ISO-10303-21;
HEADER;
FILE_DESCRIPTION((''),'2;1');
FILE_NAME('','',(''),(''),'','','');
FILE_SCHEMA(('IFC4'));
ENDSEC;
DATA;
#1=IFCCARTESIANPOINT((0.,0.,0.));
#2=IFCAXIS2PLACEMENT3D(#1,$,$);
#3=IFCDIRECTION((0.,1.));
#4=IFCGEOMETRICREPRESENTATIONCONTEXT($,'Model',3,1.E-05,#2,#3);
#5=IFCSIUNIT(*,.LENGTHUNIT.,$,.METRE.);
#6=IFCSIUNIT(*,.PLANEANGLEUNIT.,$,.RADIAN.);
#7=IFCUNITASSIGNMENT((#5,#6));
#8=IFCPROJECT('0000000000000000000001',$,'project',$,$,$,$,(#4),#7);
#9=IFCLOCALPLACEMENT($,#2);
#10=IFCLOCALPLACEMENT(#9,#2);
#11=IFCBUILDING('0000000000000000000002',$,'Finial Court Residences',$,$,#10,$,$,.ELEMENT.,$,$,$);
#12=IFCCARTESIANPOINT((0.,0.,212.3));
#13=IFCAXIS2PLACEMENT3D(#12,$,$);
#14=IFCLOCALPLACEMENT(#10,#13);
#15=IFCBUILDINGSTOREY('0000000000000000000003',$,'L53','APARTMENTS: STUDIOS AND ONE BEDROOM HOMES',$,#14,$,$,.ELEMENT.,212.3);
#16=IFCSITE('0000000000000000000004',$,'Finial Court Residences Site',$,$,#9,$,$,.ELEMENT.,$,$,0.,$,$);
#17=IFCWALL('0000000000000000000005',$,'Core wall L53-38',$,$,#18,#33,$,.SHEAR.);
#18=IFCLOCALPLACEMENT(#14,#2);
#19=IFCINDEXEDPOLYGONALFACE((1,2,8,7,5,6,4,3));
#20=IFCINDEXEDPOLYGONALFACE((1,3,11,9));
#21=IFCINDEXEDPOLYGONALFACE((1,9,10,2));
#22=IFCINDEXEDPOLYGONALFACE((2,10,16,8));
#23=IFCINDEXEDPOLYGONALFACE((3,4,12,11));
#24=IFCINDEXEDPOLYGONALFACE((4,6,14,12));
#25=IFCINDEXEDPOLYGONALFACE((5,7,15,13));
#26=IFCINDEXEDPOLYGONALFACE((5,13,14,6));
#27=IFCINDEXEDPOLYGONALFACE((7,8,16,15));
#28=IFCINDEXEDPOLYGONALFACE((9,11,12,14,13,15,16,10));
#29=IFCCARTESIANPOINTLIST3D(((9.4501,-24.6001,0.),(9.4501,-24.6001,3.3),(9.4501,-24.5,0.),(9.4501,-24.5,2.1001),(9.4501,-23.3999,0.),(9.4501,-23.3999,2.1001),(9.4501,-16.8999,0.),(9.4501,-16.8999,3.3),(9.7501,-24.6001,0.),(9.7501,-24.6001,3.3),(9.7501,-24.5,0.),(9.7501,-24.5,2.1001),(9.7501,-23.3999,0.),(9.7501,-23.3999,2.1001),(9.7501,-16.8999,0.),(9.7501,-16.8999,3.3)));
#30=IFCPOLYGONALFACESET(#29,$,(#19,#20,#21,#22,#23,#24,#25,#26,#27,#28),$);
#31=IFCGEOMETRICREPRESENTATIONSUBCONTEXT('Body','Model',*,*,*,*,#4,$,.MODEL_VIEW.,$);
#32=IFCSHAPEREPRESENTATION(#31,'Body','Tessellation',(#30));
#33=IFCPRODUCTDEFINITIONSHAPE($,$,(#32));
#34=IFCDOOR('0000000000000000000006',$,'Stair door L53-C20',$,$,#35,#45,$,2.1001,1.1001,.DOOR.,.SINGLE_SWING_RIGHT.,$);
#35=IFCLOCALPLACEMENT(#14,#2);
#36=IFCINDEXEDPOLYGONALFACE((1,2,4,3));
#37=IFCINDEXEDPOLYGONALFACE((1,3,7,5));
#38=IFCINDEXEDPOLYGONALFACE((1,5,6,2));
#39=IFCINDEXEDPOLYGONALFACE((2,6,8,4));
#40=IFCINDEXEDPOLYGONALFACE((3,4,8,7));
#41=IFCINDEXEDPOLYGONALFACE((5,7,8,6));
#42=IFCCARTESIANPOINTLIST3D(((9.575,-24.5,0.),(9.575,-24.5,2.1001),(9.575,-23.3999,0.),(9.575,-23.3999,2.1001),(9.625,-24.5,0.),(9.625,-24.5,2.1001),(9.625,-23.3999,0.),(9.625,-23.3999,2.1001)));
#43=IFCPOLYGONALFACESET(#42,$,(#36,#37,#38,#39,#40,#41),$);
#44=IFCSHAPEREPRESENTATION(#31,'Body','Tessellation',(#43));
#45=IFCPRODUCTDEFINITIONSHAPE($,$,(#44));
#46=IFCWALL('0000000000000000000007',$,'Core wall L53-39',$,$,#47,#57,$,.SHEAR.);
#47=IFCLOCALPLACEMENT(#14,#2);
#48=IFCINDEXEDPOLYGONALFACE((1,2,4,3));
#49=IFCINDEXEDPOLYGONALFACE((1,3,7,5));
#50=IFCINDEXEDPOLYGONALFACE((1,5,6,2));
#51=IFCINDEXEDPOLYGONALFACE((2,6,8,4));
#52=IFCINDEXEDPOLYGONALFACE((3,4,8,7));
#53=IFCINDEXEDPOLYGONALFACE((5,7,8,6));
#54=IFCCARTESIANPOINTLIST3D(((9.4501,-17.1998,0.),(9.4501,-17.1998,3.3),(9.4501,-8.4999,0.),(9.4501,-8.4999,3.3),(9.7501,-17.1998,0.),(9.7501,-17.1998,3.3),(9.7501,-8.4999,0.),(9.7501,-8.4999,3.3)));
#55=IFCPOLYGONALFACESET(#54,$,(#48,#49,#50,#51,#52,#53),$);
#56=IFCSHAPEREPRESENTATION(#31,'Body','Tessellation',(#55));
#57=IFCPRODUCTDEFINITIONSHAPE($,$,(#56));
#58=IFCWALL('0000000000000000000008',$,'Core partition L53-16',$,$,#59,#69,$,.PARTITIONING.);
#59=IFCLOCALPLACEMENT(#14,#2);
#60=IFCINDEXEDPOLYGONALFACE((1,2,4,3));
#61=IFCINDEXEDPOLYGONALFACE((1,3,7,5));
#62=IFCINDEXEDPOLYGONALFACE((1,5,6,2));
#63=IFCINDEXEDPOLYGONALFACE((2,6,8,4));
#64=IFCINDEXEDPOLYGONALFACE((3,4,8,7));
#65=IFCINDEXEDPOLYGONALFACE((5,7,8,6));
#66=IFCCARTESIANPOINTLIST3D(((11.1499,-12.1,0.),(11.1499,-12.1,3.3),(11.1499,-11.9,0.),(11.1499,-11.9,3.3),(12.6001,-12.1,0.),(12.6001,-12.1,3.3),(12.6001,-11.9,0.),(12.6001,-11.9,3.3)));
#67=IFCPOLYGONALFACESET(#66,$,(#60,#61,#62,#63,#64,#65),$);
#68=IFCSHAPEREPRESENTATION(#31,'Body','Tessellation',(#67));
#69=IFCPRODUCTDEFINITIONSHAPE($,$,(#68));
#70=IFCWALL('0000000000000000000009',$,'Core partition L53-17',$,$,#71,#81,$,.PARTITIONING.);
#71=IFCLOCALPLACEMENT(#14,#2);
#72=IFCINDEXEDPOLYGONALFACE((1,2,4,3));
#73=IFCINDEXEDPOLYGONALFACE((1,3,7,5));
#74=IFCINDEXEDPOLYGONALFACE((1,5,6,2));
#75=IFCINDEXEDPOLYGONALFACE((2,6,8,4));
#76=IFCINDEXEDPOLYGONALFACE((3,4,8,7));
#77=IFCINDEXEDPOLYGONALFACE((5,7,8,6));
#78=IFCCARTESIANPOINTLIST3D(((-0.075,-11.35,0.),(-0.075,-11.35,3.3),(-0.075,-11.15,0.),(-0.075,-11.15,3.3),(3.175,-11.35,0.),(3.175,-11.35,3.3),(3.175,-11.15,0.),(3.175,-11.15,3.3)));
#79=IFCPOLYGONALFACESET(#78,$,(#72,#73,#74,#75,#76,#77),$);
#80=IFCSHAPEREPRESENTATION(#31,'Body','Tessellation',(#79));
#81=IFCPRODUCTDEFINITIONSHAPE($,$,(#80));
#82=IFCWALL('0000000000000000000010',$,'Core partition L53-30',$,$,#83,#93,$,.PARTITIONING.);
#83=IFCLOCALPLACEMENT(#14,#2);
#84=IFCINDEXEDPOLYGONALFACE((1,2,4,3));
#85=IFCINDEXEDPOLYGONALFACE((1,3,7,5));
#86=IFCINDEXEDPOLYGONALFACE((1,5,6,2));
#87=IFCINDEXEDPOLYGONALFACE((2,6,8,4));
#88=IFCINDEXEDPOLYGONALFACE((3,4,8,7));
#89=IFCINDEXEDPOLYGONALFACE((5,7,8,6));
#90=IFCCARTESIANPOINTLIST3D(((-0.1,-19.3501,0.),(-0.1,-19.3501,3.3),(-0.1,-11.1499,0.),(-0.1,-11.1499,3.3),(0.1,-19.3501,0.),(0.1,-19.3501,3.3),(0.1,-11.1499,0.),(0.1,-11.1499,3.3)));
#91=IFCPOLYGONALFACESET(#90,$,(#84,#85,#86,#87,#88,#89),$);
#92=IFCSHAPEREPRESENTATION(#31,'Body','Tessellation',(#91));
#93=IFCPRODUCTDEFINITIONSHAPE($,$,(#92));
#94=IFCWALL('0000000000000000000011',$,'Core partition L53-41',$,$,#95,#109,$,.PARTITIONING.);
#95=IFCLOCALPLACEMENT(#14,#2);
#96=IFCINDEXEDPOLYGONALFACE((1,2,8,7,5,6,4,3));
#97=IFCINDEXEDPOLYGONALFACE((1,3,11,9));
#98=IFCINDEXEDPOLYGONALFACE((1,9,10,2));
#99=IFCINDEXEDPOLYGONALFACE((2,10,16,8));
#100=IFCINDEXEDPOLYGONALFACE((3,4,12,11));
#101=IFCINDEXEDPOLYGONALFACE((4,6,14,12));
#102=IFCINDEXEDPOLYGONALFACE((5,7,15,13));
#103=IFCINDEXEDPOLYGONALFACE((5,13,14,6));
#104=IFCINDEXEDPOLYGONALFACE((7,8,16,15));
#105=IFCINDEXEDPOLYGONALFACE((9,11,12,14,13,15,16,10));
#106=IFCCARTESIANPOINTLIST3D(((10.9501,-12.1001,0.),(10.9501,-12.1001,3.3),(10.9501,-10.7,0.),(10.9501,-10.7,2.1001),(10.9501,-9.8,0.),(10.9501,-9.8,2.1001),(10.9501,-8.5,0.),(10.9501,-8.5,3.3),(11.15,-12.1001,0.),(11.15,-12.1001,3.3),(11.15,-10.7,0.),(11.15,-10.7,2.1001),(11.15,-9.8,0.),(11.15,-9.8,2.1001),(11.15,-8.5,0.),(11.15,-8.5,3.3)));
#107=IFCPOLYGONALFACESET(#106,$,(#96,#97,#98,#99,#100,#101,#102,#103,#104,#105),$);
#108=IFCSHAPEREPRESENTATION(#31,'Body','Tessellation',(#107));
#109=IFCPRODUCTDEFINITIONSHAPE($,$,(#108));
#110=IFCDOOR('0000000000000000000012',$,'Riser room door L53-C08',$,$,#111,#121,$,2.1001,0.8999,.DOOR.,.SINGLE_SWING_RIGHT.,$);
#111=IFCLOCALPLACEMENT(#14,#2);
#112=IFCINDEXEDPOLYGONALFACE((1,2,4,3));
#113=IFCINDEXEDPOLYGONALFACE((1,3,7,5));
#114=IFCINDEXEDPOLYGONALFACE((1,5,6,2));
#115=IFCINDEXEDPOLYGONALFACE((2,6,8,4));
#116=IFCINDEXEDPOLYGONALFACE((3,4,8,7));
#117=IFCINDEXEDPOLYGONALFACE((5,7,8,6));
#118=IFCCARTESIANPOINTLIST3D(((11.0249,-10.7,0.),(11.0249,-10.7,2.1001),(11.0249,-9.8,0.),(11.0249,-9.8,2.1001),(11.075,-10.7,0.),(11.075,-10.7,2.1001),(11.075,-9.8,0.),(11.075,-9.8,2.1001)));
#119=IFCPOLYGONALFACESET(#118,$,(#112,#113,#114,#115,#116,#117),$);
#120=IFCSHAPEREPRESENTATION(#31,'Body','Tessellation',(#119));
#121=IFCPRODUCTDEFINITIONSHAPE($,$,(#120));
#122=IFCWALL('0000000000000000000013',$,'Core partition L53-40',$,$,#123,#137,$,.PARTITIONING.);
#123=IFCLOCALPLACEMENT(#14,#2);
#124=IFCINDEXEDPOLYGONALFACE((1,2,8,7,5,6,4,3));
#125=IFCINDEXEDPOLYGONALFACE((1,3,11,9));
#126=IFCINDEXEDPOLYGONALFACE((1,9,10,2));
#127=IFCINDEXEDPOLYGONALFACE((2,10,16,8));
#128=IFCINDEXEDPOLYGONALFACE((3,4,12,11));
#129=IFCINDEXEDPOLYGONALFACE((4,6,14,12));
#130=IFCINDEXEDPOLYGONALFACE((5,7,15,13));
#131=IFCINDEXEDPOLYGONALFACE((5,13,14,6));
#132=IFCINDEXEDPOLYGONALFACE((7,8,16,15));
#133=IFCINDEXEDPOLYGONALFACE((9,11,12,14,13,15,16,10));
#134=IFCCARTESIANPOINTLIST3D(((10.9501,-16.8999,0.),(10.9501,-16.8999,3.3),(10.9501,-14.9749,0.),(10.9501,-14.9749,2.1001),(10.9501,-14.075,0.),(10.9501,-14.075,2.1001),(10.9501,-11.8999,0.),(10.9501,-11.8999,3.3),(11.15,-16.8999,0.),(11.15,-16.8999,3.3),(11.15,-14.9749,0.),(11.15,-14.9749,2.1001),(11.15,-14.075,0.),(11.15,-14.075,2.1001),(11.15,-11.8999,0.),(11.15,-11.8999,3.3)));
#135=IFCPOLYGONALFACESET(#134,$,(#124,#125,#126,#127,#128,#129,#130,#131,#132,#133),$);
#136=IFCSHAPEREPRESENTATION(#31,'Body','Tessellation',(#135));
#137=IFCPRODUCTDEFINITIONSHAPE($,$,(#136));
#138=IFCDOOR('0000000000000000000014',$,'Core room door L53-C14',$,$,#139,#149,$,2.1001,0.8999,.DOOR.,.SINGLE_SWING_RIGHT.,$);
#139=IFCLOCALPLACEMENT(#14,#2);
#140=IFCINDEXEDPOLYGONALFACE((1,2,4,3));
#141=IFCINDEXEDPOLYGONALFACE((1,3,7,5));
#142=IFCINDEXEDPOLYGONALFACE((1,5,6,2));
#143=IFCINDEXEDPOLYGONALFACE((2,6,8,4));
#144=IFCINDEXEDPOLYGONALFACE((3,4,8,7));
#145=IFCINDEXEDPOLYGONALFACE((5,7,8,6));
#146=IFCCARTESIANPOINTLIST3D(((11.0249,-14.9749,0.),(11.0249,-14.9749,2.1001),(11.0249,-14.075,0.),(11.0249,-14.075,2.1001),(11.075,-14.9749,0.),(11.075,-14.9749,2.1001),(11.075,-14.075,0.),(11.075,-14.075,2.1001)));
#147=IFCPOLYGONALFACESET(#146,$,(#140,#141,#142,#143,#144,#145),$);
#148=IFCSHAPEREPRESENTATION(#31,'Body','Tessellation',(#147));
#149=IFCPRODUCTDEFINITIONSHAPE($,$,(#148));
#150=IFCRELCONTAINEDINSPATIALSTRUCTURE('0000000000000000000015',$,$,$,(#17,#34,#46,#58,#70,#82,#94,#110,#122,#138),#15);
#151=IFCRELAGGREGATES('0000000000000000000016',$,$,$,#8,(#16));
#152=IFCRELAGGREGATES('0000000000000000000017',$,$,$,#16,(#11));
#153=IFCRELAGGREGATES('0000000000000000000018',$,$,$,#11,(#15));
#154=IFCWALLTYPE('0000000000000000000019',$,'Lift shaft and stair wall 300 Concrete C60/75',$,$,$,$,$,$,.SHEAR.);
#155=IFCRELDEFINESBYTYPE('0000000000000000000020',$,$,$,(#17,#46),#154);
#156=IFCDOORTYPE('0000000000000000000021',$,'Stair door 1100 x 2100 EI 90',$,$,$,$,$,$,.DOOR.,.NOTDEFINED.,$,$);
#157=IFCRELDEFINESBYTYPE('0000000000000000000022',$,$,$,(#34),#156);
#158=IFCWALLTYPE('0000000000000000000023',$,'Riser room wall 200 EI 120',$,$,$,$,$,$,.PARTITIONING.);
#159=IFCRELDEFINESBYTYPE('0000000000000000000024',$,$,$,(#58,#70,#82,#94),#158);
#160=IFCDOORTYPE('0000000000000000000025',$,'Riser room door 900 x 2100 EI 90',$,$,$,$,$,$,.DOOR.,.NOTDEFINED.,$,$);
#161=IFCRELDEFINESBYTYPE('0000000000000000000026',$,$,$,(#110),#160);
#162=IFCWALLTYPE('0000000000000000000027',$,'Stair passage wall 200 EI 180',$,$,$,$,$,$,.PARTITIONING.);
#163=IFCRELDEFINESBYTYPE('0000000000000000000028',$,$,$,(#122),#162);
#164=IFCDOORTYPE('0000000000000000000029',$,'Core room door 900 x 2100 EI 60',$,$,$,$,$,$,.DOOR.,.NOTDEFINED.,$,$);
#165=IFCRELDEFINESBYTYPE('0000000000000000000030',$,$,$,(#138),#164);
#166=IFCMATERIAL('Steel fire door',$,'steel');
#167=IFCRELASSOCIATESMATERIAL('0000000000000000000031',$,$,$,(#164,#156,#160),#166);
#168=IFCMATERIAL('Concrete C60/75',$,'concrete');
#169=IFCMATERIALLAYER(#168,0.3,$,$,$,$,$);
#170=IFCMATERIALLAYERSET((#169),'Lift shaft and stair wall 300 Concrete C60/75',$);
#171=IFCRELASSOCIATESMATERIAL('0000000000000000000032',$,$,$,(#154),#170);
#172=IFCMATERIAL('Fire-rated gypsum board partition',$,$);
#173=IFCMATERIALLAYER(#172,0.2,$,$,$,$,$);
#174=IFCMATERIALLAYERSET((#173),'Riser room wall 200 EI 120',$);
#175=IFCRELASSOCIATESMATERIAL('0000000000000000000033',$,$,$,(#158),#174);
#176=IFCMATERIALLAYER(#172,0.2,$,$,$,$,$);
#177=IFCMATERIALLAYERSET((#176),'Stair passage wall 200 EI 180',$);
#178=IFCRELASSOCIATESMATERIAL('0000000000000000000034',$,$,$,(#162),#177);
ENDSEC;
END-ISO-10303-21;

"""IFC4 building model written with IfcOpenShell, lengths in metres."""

from ifc_helpers import new_model, si_unit, direction, frame, frame_2d, origin, place, context, subcontext, project, spatial, rectangle, extrude, material, layer, layer_set, type_object, element, fill, save


model = new_model("IFC4")

# Units and contexts
model_context = context("Model", 3, precision=1e-05, world=origin(), true_north=direction((0.0, 1.0)))
body_context = subcontext(model_context, "Body", "Model", "MODEL_VIEW")
ifc_project = project(units=[si_unit("LENGTHUNIT", "METRE"), si_unit("PLANEANGLEUNIT", "RADIAN")], contexts=[model_context])

# Site, building, storey
site_placement = place(None, origin())
site = spatial("IfcSite", under=ifc_project, at=site_placement, Name="Finial Court Residences Site", CompositionType="ELEMENT", RefElevation=0.0)
building_placement = place(site_placement, origin())
building = spatial("IfcBuilding", under=site, at=building_placement, Name="Finial Court Residences", CompositionType="ELEMENT")
storey_placement = place(building_placement, frame((0.0, 0.0, 212.3)))
storey = spatial("IfcBuildingStorey", under=building, at=storey_placement, Name="L53", Description="APARTMENTS: STUDIOS AND ONE BEDROOM HOMES", CompositionType="ELEMENT", Elevation=212.3)

# Shared definitions
ifc_material_1 = material(Name="Fire-rated gypsum board partition")

# Shared definitions
ifc_material_2 = material(Name="Steel fire door", Category="steel")
door_type_1 = type_object("IfcDoorType", Name="Core room door 900 x 2100 EI 60", OperationType="NOTDEFINED", PredefinedType="DOOR", material=ifc_material_2)

# Shared definitions
ifc_material_3 = material(Name="Concrete C60/75", Category="concrete")
ifc_layer_1 = layer(ifc_material_3, 0.3)
ifc_layer_set_1 = layer_set([ifc_layer_1], Name="Lift shaft and stair wall 300 Concrete C60/75")
wall_type_1 = type_object("IfcWallType", Name="Lift shaft and stair wall 300 Concrete C60/75", PredefinedType="SHEAR", material=ifc_layer_set_1)

# Wall, opening, door
wall_1_placement = place(storey_placement, frame((9.6001, -16.8999, 0.0), z_axis=(0.0, 0.0, 1.0), x_axis=(0.0, -1.0, 0.0)))
wall_1 = element("IfcWall", 1, at=wall_1_placement, inside=storey, type_object=wall_type_1, Name="Core wall L53-38", PredefinedType="SHEAR", context=body_context, shape_type="SweptSolid", body=[
    extrude(rectangle(XDim=7.7002, YDim=0.3, at=frame_2d((3.8501, 0.0))), origin(), (0.0, 0.0, 1.0), 3.3),
])
opening_1_placement = place(wall_1_placement, frame((6.5, 0.0, 0.0)))
opening_1 = element("IfcOpeningElement", 2, at=opening_1_placement, cuts=wall_1, PredefinedType="OPENING", context=body_context, shape_type="SweptSolid", body=[
    extrude(rectangle(XDim=1.1001, YDim=2.1001, at=frame_2d((0.55, 1.05))), frame((0.0, 0.1599, 0.0), z_axis=(0.0, -1.0, 0.0), x_axis=(1.0, 0.0, 0.0)), (0.0, 0.0, 1.0), 0.3201),
])
door_type_2 = type_object("IfcDoorType", Name="Stair door 1100 x 2100 EI 90", OperationType="NOTDEFINED", PredefinedType="DOOR", material=ifc_material_2)
door_1_placement = place(opening_1_placement, origin())
door_1 = element("IfcDoor", 3, at=door_1_placement, inside=storey, type_object=door_type_2, Name="Stair door L53-C20", OperationType="SINGLE_SWING_RIGHT", OverallHeight=2.1001, OverallWidth=1.1001, PredefinedType="DOOR", context=body_context, shape_type="SweptSolid", body=[
    extrude(rectangle(XDim=1.1001, YDim=2.1001, at=frame_2d((0.55, 1.05))), frame((0.0, 0.0249, 0.0), z_axis=(0.0, -1.0, 0.0), x_axis=(1.0, 0.0, 0.0)), (0.0, 0.0, 1.0), 0.05),
])
fill(opening_1, door_1)

# Walls
wall_2_placement = place(storey_placement, frame((9.6001, -17.2, 0.0), z_axis=(0.0, 0.0, 1.0), x_axis=(0.0, 1.0, 0.0)))
element("IfcWall", 4, at=wall_2_placement, inside=storey, type_object=wall_type_1, Name="Core wall L53-39", PredefinedType="SHEAR", context=body_context, shape_type="SweptSolid", body=[
    extrude(rectangle(XDim=8.7, YDim=0.3, at=frame_2d((4.3501, 0.0))), origin(), (0.0, 0.0, 1.0), 3.3),
])
ifc_layer_2 = layer(ifc_material_1, 0.2)
ifc_layer_set_2 = layer_set([ifc_layer_2], Name="Riser room wall 200 EI 120")
wall_type_2 = type_object("IfcWallType", Name="Riser room wall 200 EI 120", PredefinedType="PARTITIONING", material=ifc_layer_set_2)
wall_3_placement = place(storey_placement, frame((11.1499, -12.0, 0.0), z_axis=(0.0, 0.0, 1.0), x_axis=(1.0, 0.0, 0.0)))
element("IfcWall", 5, at=wall_3_placement, inside=storey, type_object=wall_type_2, Name="Core partition L53-16", PredefinedType="PARTITIONING", context=body_context, shape_type="SweptSolid", body=[
    extrude(rectangle(XDim=1.4502, YDim=0.2, at=frame_2d((0.7251, 0.0))), origin(), (0.0, 0.0, 1.0), 3.3),
])
wall_4_placement = place(storey_placement, frame((-0.075, -11.25, 0.0), z_axis=(0.0, 0.0, 1.0), x_axis=(1.0, 0.0, 0.0)))
element("IfcWall", 6, at=wall_4_placement, inside=storey, type_object=wall_type_2, Name="Core partition L53-17", PredefinedType="PARTITIONING", context=body_context, shape_type="SweptSolid", body=[
    extrude(rectangle(XDim=3.25, YDim=0.2, at=frame_2d((1.625, 0.0))), origin(), (0.0, 0.0, 1.0), 3.3),
])
wall_5_placement = place(storey_placement, frame((0.0, -19.3501, 0.0), z_axis=(0.0, 0.0, 1.0), x_axis=(0.0, 1.0, 0.0)))
element("IfcWall", 7, at=wall_5_placement, inside=storey, type_object=wall_type_2, Name="Core partition L53-30", PredefinedType="PARTITIONING", context=body_context, shape_type="SweptSolid", body=[
    extrude(rectangle(XDim=8.2002, YDim=0.2, at=frame_2d((4.1001, 0.0))), origin(), (0.0, 0.0, 1.0), 3.3),
])

# Walls, openings, doors
wall_6_placement = place(storey_placement, frame((11.05, -8.5, 0.0), z_axis=(0.0, 0.0, 1.0), x_axis=(0.0, -1.0, 0.0)))
wall_6 = element("IfcWall", 8, at=wall_6_placement, inside=storey, type_object=wall_type_2, Name="Core partition L53-41", PredefinedType="PARTITIONING", context=body_context, shape_type="SweptSolid", body=[
    extrude(rectangle(XDim=3.6001, YDim=0.2, at=frame_2d((1.8, 0.0))), origin(), (0.0, 0.0, 1.0), 3.3),
])
opening_2_placement = place(wall_6_placement, frame((1.3, 0.0, 0.0)))
opening_2 = element("IfcOpeningElement", 9, at=opening_2_placement, cuts=wall_6, PredefinedType="OPENING", context=body_context, shape_type="SweptSolid", body=[
    extrude(rectangle(XDim=0.8999, YDim=2.1001, at=frame_2d((0.45, 1.05))), frame((0.0, 0.1099, 0.0), z_axis=(0.0, -1.0, 0.0), x_axis=(1.0, 0.0, 0.0)), (0.0, 0.0, 1.0), 0.22),
])
door_type_3 = type_object("IfcDoorType", Name="Riser room door 900 x 2100 EI 90", OperationType="NOTDEFINED", PredefinedType="DOOR", material=ifc_material_2)
door_2_placement = place(opening_2_placement, origin())
door_2 = element("IfcDoor", 10, at=door_2_placement, inside=storey, type_object=door_type_3, Name="Riser room door L53-C08", OperationType="SINGLE_SWING_RIGHT", OverallHeight=2.1001, OverallWidth=0.8999, PredefinedType="DOOR", context=body_context, shape_type="SweptSolid", body=[
    extrude(rectangle(XDim=0.8999, YDim=2.1001, at=frame_2d((0.45, 1.05))), frame((0.0, 0.0249, 0.0), z_axis=(0.0, -1.0, 0.0), x_axis=(1.0, 0.0, 0.0)), (0.0, 0.0, 1.0), 0.05),
])
fill(opening_2, door_2)
ifc_layer_3 = layer(ifc_material_1, 0.2)
ifc_layer_set_3 = layer_set([ifc_layer_3], Name="Stair passage wall 200 EI 180")
wall_type_3 = type_object("IfcWallType", Name="Stair passage wall 200 EI 180", PredefinedType="PARTITIONING", material=ifc_layer_set_3)
wall_7_placement = place(storey_placement, frame((11.05, -11.8999, 0.0), z_axis=(0.0, 0.0, 1.0), x_axis=(0.0, -1.0, 0.0)))
wall_7 = element("IfcWall", 11, at=wall_7_placement, inside=storey, type_object=wall_type_3, Name="Core partition L53-40", PredefinedType="PARTITIONING", context=body_context, shape_type="SweptSolid", body=[
    extrude(rectangle(XDim=5.0, YDim=0.2, at=frame_2d((2.5, 0.0))), origin(), (0.0, 0.0, 1.0), 3.3),
])
opening_3_placement = place(wall_7_placement, frame((2.175, 0.0, 0.0)))
opening_3 = element("IfcOpeningElement", 12, at=opening_3_placement, cuts=wall_7, PredefinedType="OPENING", context=body_context, shape_type="SweptSolid", body=[
    extrude(rectangle(XDim=0.8999, YDim=2.1001, at=frame_2d((0.45, 1.05))), frame((0.0, 0.1099, 0.0), z_axis=(0.0, -1.0, 0.0), x_axis=(1.0, 0.0, 0.0)), (0.0, 0.0, 1.0), 0.22),
])
door_3_placement = place(opening_3_placement, origin())
door_3 = element("IfcDoor", 13, at=door_3_placement, inside=storey, type_object=door_type_1, Name="Core room door L53-C14", OperationType="SINGLE_SWING_RIGHT", OverallHeight=2.1001, OverallWidth=0.8999, PredefinedType="DOOR", context=body_context, shape_type="SweptSolid", body=[
    extrude(rectangle(XDim=0.8999, YDim=2.1001, at=frame_2d((0.45, 1.05))), frame((0.0, 0.0249, 0.0), z_axis=(0.0, -1.0, 0.0), x_axis=(1.0, 0.0, 0.0)), (0.0, 0.0, 1.0), 0.05),
])
fill(opening_3, door_3)

save(model, "model.ifc")
